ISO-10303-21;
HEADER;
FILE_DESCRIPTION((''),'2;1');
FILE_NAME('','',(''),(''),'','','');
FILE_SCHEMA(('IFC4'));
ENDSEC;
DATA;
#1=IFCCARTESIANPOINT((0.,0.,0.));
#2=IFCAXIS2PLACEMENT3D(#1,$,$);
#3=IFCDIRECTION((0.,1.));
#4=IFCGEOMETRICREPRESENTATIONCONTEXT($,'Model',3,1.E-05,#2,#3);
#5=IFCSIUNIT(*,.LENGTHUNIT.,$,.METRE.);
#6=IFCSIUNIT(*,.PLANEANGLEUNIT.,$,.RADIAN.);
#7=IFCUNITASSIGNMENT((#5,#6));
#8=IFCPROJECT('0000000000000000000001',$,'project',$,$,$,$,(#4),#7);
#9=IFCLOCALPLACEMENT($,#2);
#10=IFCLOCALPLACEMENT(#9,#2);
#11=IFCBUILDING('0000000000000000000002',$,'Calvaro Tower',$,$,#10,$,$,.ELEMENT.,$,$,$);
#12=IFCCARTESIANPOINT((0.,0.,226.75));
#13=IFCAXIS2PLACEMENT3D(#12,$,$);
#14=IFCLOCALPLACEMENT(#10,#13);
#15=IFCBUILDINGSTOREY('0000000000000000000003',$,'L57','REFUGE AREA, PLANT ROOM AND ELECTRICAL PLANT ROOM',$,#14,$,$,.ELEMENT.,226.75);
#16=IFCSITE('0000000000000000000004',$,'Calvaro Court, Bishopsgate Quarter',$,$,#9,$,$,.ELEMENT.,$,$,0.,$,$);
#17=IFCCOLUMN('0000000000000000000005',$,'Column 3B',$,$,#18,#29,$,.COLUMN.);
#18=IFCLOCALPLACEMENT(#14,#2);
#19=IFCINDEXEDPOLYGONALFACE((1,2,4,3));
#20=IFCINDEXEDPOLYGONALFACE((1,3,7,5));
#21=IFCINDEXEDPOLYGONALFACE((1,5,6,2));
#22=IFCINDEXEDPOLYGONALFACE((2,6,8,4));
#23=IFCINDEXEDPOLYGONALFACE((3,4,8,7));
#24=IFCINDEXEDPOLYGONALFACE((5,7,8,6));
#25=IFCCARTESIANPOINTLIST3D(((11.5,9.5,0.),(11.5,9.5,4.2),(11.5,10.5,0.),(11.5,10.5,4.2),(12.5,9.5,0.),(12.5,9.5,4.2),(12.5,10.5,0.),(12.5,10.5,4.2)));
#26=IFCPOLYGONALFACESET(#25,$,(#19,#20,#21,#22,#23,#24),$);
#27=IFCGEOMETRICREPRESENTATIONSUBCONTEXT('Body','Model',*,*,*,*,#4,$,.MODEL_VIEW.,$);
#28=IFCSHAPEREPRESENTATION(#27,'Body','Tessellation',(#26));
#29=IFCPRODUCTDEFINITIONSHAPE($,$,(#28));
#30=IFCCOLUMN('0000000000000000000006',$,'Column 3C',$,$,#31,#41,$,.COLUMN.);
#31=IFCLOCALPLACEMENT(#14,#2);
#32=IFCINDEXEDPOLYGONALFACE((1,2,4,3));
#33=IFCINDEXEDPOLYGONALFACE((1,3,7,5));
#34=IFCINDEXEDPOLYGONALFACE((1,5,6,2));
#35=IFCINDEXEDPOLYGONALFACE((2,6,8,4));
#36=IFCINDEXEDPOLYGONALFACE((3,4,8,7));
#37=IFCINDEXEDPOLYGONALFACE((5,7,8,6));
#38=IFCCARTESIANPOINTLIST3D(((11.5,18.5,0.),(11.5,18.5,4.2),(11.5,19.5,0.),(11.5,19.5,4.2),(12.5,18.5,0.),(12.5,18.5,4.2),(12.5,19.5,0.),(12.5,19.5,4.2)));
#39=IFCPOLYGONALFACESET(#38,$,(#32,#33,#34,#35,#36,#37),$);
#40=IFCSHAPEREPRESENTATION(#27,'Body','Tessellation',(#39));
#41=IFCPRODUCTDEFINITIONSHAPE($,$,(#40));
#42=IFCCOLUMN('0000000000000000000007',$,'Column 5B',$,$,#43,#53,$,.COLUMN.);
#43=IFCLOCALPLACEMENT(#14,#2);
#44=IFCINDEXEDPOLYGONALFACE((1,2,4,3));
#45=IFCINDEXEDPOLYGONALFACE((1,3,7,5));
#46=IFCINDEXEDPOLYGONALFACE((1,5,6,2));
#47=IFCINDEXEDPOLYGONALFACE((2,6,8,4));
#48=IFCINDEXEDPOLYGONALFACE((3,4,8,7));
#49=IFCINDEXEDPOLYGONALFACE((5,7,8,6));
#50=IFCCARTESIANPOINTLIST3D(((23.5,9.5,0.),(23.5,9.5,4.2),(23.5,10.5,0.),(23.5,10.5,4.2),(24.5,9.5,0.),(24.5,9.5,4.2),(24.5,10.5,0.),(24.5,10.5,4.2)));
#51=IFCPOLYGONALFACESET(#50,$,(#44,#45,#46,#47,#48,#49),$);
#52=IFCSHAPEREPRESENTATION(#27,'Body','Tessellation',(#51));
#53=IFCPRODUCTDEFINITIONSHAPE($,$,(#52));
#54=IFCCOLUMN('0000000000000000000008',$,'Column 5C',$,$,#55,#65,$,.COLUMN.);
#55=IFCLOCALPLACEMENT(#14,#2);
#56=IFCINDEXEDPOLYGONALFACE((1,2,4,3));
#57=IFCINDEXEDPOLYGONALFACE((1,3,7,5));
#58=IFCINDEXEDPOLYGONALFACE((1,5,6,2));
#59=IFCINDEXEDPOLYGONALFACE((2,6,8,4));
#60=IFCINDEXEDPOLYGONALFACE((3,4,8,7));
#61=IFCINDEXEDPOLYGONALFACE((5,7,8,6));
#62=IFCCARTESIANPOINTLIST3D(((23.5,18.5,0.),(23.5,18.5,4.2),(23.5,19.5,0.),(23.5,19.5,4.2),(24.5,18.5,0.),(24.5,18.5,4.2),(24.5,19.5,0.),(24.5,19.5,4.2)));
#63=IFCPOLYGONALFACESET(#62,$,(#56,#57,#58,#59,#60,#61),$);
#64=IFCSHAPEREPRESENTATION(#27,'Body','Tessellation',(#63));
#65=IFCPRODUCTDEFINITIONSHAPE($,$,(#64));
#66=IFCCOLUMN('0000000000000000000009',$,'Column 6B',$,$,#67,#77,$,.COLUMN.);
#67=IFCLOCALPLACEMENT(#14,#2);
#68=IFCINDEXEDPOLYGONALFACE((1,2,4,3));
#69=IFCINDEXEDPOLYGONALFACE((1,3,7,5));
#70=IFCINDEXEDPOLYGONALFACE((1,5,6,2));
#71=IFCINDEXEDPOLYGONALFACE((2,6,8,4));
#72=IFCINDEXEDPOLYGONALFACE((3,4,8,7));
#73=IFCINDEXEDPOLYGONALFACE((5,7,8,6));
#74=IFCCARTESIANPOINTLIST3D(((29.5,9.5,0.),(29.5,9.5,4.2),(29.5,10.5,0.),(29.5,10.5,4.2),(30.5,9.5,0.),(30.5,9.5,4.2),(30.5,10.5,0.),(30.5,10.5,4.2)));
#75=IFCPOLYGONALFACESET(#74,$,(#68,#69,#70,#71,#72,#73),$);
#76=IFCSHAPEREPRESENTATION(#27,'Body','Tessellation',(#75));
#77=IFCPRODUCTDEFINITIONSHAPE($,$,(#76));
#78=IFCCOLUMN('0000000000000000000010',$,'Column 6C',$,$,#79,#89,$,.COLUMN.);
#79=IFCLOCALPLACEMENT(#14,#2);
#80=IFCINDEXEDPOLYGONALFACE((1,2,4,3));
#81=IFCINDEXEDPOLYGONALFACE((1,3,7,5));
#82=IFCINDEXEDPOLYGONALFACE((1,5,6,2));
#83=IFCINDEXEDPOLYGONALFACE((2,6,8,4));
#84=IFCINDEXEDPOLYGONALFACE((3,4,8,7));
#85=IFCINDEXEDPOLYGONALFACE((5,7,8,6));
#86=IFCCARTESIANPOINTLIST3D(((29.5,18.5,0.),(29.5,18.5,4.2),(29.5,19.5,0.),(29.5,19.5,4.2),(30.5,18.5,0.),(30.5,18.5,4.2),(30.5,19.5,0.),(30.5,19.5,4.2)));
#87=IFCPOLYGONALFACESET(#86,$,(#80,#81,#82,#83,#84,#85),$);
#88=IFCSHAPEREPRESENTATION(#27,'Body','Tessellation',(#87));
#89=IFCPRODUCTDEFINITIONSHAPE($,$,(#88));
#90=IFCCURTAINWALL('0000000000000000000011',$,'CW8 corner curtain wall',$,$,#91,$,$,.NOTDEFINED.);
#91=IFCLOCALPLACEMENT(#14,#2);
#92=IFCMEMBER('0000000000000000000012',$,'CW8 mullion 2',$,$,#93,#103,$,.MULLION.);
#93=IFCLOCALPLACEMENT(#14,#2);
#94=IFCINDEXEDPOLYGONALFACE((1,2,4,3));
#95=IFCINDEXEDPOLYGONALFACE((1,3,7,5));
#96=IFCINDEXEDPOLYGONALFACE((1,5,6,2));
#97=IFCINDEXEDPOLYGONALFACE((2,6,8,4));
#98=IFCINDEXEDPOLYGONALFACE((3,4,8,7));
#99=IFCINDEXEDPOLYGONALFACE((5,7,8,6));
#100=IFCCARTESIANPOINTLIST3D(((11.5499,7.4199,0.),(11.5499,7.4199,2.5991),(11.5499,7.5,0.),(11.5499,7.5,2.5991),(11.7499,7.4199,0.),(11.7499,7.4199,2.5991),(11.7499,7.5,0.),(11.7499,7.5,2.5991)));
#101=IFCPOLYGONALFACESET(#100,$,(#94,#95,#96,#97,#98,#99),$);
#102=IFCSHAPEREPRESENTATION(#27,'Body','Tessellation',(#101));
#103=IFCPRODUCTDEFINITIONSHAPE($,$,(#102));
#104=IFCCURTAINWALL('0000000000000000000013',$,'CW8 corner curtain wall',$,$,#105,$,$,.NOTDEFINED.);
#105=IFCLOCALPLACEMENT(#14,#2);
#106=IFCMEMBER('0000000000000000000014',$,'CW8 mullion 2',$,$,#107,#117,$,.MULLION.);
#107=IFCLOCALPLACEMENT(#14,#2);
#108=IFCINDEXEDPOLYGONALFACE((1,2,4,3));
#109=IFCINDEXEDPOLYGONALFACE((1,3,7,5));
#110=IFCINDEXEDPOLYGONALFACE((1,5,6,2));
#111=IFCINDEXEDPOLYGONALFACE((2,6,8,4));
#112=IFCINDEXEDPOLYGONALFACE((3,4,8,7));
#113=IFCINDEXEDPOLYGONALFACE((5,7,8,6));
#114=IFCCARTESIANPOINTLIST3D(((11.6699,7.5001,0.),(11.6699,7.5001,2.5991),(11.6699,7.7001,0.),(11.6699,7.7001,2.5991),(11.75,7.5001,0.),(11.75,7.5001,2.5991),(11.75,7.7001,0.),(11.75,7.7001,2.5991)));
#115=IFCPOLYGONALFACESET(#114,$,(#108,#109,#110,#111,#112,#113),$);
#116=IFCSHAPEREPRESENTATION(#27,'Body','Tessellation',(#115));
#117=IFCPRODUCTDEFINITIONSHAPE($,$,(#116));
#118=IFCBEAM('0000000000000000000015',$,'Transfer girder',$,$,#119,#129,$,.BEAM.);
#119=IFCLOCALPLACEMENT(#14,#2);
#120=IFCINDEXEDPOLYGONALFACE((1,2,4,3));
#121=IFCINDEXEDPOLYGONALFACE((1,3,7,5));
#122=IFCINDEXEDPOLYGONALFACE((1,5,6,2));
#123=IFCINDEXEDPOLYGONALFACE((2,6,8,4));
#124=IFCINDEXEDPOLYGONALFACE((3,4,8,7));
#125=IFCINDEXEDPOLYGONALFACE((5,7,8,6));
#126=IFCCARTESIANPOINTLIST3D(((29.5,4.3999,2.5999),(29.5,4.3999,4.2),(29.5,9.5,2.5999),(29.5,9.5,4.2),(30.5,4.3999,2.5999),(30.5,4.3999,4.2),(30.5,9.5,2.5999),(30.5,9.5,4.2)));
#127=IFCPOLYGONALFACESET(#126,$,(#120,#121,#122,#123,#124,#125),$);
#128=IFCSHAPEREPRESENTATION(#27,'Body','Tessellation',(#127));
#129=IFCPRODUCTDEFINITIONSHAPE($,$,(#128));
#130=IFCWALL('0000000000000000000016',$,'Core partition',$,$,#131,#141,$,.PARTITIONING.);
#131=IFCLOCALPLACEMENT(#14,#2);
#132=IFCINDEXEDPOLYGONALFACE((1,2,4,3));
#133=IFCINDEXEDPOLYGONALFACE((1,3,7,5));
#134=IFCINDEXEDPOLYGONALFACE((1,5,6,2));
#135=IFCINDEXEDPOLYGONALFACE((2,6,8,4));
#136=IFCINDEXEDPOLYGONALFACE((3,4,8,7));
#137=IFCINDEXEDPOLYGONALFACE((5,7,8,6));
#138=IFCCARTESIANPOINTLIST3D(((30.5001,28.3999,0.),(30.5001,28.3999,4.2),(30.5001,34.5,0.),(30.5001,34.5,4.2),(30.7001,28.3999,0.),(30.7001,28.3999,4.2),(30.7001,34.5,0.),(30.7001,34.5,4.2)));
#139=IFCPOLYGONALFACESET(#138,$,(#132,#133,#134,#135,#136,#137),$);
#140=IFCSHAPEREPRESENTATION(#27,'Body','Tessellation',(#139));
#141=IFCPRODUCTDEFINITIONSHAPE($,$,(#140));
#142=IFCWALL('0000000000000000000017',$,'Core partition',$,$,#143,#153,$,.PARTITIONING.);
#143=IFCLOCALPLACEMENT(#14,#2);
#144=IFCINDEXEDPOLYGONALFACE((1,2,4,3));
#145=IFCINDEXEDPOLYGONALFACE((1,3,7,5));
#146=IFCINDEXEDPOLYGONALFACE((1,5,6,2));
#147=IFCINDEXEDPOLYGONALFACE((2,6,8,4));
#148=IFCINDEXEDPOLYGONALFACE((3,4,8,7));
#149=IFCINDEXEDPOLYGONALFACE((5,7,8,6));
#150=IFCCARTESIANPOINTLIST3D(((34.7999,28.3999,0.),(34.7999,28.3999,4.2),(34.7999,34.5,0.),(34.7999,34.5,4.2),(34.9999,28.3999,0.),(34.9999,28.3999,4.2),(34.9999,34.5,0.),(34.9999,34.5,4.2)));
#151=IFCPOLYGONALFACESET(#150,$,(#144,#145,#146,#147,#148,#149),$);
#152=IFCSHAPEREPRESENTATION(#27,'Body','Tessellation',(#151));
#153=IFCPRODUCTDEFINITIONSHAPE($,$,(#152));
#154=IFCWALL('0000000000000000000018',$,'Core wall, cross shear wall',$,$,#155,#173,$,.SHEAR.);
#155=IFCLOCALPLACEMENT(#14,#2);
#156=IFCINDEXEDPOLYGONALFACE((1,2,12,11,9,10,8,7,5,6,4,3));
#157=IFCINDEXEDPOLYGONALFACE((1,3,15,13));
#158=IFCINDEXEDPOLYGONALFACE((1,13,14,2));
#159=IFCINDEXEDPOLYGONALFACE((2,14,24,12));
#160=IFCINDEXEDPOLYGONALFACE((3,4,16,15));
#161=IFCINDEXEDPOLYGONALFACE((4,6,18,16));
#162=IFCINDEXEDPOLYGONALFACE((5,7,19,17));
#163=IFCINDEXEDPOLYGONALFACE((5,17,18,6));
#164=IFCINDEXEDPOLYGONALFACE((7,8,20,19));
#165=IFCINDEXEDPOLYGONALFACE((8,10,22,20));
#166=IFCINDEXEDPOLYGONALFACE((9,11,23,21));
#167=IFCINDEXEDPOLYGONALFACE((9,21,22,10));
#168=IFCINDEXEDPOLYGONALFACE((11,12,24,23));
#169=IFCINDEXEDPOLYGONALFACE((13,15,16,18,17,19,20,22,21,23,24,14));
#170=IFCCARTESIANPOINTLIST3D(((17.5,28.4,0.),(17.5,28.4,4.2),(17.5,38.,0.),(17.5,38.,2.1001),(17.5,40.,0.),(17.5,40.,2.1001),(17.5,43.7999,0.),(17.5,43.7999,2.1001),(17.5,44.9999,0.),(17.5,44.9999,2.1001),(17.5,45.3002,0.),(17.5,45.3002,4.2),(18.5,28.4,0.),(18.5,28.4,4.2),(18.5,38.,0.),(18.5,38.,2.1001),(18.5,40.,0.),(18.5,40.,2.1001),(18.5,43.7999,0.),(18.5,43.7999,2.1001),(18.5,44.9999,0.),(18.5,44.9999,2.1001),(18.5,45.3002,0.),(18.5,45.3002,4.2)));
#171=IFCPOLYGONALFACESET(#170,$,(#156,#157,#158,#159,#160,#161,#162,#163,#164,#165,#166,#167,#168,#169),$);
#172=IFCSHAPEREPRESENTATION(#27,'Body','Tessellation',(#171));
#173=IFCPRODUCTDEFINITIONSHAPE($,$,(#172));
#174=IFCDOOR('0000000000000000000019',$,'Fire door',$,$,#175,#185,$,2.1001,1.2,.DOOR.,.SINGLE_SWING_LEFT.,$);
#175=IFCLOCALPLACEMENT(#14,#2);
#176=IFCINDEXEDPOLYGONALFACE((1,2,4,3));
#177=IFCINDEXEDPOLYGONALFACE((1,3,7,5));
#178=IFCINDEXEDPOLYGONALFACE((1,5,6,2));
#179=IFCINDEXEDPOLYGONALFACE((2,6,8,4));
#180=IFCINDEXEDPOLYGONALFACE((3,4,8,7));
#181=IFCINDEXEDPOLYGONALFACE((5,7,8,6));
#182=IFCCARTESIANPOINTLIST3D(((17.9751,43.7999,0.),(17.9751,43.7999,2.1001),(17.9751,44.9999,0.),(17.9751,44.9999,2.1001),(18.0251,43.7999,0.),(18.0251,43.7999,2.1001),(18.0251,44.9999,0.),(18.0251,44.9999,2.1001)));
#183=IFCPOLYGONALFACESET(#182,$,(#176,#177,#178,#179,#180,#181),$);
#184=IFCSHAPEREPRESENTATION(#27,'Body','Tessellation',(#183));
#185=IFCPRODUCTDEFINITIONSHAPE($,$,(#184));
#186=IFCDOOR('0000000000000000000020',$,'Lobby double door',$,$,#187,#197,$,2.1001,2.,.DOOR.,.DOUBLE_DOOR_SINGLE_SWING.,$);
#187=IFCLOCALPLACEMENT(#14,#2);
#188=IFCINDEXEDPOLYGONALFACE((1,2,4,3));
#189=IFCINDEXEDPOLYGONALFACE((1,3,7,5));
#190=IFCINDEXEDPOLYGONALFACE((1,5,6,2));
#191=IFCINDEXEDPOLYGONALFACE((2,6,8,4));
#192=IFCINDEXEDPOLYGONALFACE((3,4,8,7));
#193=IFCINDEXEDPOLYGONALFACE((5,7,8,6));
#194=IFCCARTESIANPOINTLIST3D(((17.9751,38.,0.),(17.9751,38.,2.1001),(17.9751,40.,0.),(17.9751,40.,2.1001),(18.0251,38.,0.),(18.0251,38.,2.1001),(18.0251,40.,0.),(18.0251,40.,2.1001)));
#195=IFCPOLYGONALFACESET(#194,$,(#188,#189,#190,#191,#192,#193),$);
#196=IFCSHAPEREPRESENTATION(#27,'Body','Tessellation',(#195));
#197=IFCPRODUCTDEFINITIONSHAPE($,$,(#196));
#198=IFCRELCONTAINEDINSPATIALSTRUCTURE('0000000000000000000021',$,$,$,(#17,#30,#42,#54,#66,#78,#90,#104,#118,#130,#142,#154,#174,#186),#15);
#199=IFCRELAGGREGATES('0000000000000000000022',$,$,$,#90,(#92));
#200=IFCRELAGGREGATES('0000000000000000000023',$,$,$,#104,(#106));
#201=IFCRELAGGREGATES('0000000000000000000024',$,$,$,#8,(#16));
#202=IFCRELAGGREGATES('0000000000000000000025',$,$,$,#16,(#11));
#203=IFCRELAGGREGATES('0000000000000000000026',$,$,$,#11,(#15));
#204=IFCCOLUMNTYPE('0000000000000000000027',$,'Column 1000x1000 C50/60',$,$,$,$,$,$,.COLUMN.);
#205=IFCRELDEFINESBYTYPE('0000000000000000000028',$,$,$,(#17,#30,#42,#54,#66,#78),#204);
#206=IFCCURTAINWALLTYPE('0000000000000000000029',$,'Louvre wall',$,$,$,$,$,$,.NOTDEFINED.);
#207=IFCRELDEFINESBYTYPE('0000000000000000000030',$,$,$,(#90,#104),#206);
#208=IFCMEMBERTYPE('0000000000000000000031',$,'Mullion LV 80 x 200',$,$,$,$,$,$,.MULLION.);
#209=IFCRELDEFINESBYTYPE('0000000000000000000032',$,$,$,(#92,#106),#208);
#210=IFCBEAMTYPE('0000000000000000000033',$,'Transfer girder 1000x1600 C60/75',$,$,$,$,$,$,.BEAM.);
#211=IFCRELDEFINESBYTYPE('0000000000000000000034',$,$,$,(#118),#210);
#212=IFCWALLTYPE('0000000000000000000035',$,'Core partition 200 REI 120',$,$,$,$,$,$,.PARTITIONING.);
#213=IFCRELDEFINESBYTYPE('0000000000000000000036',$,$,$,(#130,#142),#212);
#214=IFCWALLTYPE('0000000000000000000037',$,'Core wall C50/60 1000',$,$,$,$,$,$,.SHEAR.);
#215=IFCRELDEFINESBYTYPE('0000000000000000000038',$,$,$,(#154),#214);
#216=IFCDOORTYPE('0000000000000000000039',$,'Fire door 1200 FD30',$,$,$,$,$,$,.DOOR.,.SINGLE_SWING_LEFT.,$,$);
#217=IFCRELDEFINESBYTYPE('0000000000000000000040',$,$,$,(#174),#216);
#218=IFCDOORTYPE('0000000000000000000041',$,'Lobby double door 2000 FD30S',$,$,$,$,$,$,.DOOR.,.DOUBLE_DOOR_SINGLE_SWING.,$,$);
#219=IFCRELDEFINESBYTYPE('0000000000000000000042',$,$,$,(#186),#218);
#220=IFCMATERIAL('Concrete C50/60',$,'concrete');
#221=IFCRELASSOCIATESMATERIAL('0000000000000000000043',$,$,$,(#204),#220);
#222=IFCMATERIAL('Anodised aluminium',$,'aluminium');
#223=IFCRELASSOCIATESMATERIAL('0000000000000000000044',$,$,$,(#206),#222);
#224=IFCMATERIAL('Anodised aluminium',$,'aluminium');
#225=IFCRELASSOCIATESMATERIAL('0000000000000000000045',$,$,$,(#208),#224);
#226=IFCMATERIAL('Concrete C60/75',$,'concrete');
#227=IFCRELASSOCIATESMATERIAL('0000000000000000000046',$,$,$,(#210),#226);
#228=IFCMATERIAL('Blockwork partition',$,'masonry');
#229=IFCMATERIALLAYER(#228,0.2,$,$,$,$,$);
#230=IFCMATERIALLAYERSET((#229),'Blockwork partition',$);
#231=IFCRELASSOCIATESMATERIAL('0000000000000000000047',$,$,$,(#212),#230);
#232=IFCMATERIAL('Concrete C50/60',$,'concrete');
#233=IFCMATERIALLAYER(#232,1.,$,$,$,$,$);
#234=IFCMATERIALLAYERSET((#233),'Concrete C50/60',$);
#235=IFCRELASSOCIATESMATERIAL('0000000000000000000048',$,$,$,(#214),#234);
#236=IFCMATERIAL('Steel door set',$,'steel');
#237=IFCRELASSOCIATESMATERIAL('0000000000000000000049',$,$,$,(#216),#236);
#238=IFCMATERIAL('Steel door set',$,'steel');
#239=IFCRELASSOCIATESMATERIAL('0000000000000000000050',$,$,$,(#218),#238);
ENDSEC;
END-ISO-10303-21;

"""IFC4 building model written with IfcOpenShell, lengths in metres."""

from ifc_helpers import new_model, si_unit, direction, frame, frame_2d, origin, origin_2d, place, context, subcontext, project, spatial, rectangle, extrude, material, layer, layer_set, material_profile, profile_set, type_object, element, fill, aggregate, save


model = new_model("IFC4")

# Units and contexts
model_context = context("Model", 3, precision=1e-05, world=origin(), true_north=direction((0.0, 1.0)))
body_context = subcontext(model_context, "Body", "Model", "MODEL_VIEW")
ifc_project = project(units=[si_unit("LENGTHUNIT", "METRE"), si_unit("PLANEANGLEUNIT", "RADIAN")], contexts=[model_context])

# Site, building, storey
site_placement = place(None, origin())
site = spatial("IfcSite", under=ifc_project, at=site_placement, Name="Calvaro Court, Bishopsgate Quarter", CompositionType="ELEMENT", RefElevation=0.0)
building_placement = place(site_placement, origin())
building = spatial("IfcBuilding", under=site, at=building_placement, Name="Calvaro Tower", CompositionType="ELEMENT")
storey_placement = place(building_placement, frame((0.0, 0.0, 226.75)))
storey = spatial("IfcBuildingStorey", under=building, at=storey_placement, Name="L57", Description="REFUGE AREA, PLANT ROOM AND ELECTRICAL PLANT ROOM", CompositionType="ELEMENT", Elevation=226.75)

# Columns
ifc_material_1 = material(Name="Concrete C50/60", Category="concrete")
ifc_material_profile_1 = material_profile(ifc_material_1, rectangle(XDim=1.0, YDim=1.0, at=origin_2d()), Name="RC 1000x1000")
ifc_profile_set_1 = profile_set([ifc_material_profile_1], Name="Concrete C50/60")
column_type = type_object("IfcColumnType", Name="Column 1000x1000 C50/60", PredefinedType="COLUMN", material=ifc_profile_set_1)
for number, where, z_axis, x_axis, name in (
    (1, (12.0, 10.0, 0.0), (0.0, 0.0, 1.0), (1.0, 0.0, 0.0), "Column 3B"),
    (2, (12.0, 19.0, 0.0), (0.0, 0.0, 1.0), (1.0, 0.0, 0.0), "Column 3C"),
    (3, (24.0, 10.0, 0.0), (0.0, 0.0, 1.0), (1.0, 0.0, 0.0), "Column 5B"),
    (4, (24.0, 19.0, 0.0), (0.0, 0.0, 1.0), (1.0, 0.0, 0.0), "Column 5C"),
    (5, (30.0, 10.0, 0.0), (0.0, 0.0, 1.0), (1.0, 0.0, 0.0), "Column 6B"),
    (6, (30.0, 19.0, 0.0), (0.0, 0.0, 1.0), (1.0, 0.0, 0.0), "Column 6C"),
):
    element("IfcColumn", number, at=place(storey_placement, frame(where, z_axis=z_axis, x_axis=x_axis)), inside=storey, type_object=column_type, Name=name, PredefinedType="COLUMN", context=body_context, shape_type="SweptSolid", body=[
        extrude(rectangle(XDim=1.0, YDim=1.0, at=origin_2d()), origin(), (0.0, 0.0, 1.0), 4.2),
    ])

# Curtain walls, members
ifc_material_2 = material(Name="Anodised aluminium", Category="aluminium")
curtain_wall_type = type_object("IfcCurtainWallType", Name="Louvre wall", PredefinedType="NOTDEFINED", material=ifc_material_2)
curtain_wall_1_placement = place(storey_placement, origin())
curtain_wall_1 = element("IfcCurtainWall", 7, at=curtain_wall_1_placement, inside=storey, type_object=curtain_wall_type, Name="CW8 corner curtain wall", PredefinedType="NOTDEFINED")
ifc_material_3 = material(Name="Anodised aluminium", Category="aluminium")
ifc_material_profile_2 = material_profile(ifc_material_3, rectangle(XDim=0.2, YDim=0.0801, at=origin_2d()), Name="Mullion LV 80 x 200")
ifc_profile_set_2 = profile_set([ifc_material_profile_2], Name="Anodised aluminium")
member_type = type_object("IfcMemberType", Name="Mullion LV 80 x 200", PredefinedType="MULLION", material=ifc_profile_set_2)
member_1_placement = place(storey_placement, frame((11.6499, 7.46, 0.0), z_axis=(0.0, 0.0, 1.0), x_axis=(-1.0, 0.0, 0.0)))
member_1 = element("IfcMember", 8, at=member_1_placement, type_object=member_type, Name="CW8 mullion 2", PredefinedType="MULLION", context=body_context, shape_type="SweptSolid", body=[
    extrude(rectangle(XDim=0.2, YDim=0.0801, at=origin_2d()), origin(), (0.0, 0.0, 1.0), 2.5991),
])
aggregate(curtain_wall_1, [member_1])
curtain_wall_2_placement = place(storey_placement, origin())
curtain_wall_2 = element("IfcCurtainWall", 9, at=curtain_wall_2_placement, inside=storey, type_object=curtain_wall_type, Name="CW8 corner curtain wall", PredefinedType="NOTDEFINED")
member_2_placement = place(storey_placement, frame((11.71, 7.6001, 0.0), z_axis=(0.0, 0.0, 1.0), x_axis=(0.0, 1.0, 0.0)))
member_2 = element("IfcMember", 10, at=member_2_placement, type_object=member_type, Name="CW8 mullion 2", PredefinedType="MULLION", context=body_context, shape_type="SweptSolid", body=[
    extrude(rectangle(XDim=0.2, YDim=0.0801, at=origin_2d()), origin(), (0.0, 0.0, 1.0), 2.5991),
])
aggregate(curtain_wall_2, [member_2])

# Beam
ifc_material_4 = material(Name="Concrete C60/75", Category="concrete")
ifc_material_profile_3 = material_profile(ifc_material_4, rectangle(XDim=1.0, YDim=1.6001, at=origin_2d()), Name="RC 1000x1600")
ifc_profile_set_3 = profile_set([ifc_material_profile_3], Name="Concrete C60/75")
beam_type = type_object("IfcBeamType", Name="Transfer girder 1000x1600 C60/75", PredefinedType="BEAM", material=ifc_profile_set_3)
beam_placement = place(storey_placement, frame((30.0, 4.3999, 3.3999), z_axis=(0.0, 1.0, 0.0), x_axis=(-1.0, 0.0, 0.0)))
element("IfcBeam", 11, at=beam_placement, inside=storey, type_object=beam_type, Name="Transfer girder", PredefinedType="BEAM", context=body_context, shape_type="SweptSolid", body=[
    extrude(rectangle(XDim=1.0, YDim=1.6001, at=origin_2d()), origin(), (0.0, 0.0, 1.0), 5.1001),
])

# Walls
ifc_material_5 = material(Name="Blockwork partition", Category="masonry")
ifc_layer_1 = layer(ifc_material_5, 0.2)
ifc_layer_set_1 = layer_set([ifc_layer_1], Name="Blockwork partition")
wall_type_1 = type_object("IfcWallType", Name="Core partition 200 REI 120", PredefinedType="PARTITIONING", material=ifc_layer_set_1)
for number, where, z_axis, x_axis, name in (
    (12, (30.6001, 28.3999, 0.0), (0.0, 0.0, 1.0), (0.0, 1.0, 0.0), "Core partition"),
    (13, (34.8999, 28.3999, 0.0), (0.0, 0.0, 1.0), (0.0, 1.0, 0.0), "Core partition"),
):
    element("IfcWall", number, at=place(storey_placement, frame(where, z_axis=z_axis, x_axis=x_axis)), inside=storey, type_object=wall_type_1, Name=name, PredefinedType="PARTITIONING", context=body_context, shape_type="SweptSolid", body=[
        extrude(rectangle(XDim=6.1001, YDim=0.2, at=frame_2d((3.05, 0.0))), origin(), (0.0, 0.0, 1.0), 4.2),
    ])

# Wall, openings, doors
ifc_material_6 = material(Name="Concrete C50/60", Category="concrete")
ifc_layer_2 = layer(ifc_material_6, 1.0)
ifc_layer_set_2 = layer_set([ifc_layer_2], Name="Concrete C50/60")
wall_type_2 = type_object("IfcWallType", Name="Core wall C50/60 1000", PredefinedType="SHEAR", material=ifc_layer_set_2)
wall_1_placement = place(storey_placement, frame((18.0, 28.3999, 0.0), z_axis=(0.0, 0.0, 1.0), x_axis=(0.0, 1.0, 0.0)))
wall_1 = element("IfcWall", 14, at=wall_1_placement, inside=storey, type_object=wall_type_2, Name="Core wall, cross shear wall", PredefinedType="SHEAR", context=body_context, shape_type="SweptSolid", body=[
    extrude(rectangle(XDim=16.9001, YDim=1.0, at=frame_2d((8.4502, 0.0))), origin(), (0.0, 0.0, 1.0), 4.2),
])
opening_1_placement = place(wall_1_placement, frame((9.6001, 0.0, 0.0)))
opening_1 = element("IfcOpeningElement", 15, at=opening_1_placement, cuts=wall_1, PredefinedType="OPENING", context=body_context, shape_type="SweptSolid", body=[
    extrude(rectangle(XDim=2.0, YDim=2.1001, at=frame_2d((1.0, 1.05))), frame((0.0, 0.51, 0.0), z_axis=(0.0, -1.0, 0.0), x_axis=(1.0, 0.0, 0.0)), (0.0, 0.0, 1.0), 1.02),
])
opening_2_placement = place(wall_1_placement, frame((15.3999, 0.0, 0.0)))
opening_2 = element("IfcOpeningElement", 16, at=opening_2_placement, cuts=wall_1, PredefinedType="OPENING", context=body_context, shape_type="SweptSolid", body=[
    extrude(rectangle(XDim=1.2, YDim=2.1001, at=frame_2d((0.6001, 1.05))), frame((0.0, 0.51, 0.0), z_axis=(0.0, -1.0, 0.0), x_axis=(1.0, 0.0, 0.0)), (0.0, 0.0, 1.0), 1.02),
])
ifc_material_7 = material(Name="Steel door set", Category="steel")
door_type_1 = type_object("IfcDoorType", Name="Fire door 1200 FD30", OperationType="SINGLE_SWING_LEFT", PredefinedType="DOOR", material=ifc_material_7)
door_1_placement = place(opening_2_placement, origin())
door_1 = element("IfcDoor", 17, at=door_1_placement, inside=storey, type_object=door_type_1, Name="Fire door", OperationType="SINGLE_SWING_LEFT", OverallHeight=2.1001, OverallWidth=1.2, PredefinedType="DOOR", context=body_context, shape_type="SweptSolid", body=[
    extrude(rectangle(XDim=1.2, YDim=2.1001, at=frame_2d((0.6001, 1.05))), frame((0.0, 0.0249, 0.0), z_axis=(0.0, -1.0, 0.0), x_axis=(1.0, 0.0, 0.0)), (0.0, 0.0, 1.0), 0.05),
])
fill(opening_2, door_1)
ifc_material_8 = material(Name="Steel door set", Category="steel")
door_type_2 = type_object("IfcDoorType", Name="Lobby double door 2000 FD30S", OperationType="DOUBLE_DOOR_SINGLE_SWING", PredefinedType="DOOR", material=ifc_material_8)
door_2_placement = place(opening_1_placement, origin())
door_2 = element("IfcDoor", 18, at=door_2_placement, inside=storey, type_object=door_type_2, Name="Lobby double door", OperationType="DOUBLE_DOOR_SINGLE_SWING", OverallHeight=2.1001, OverallWidth=2.0, PredefinedType="DOOR", context=body_context, shape_type="SweptSolid", body=[
    extrude(rectangle(XDim=2.0, YDim=2.1001, at=frame_2d((1.0, 1.05))), frame((0.0, 0.0249, 0.0), z_axis=(0.0, -1.0, 0.0), x_axis=(1.0, 0.0, 0.0)), (0.0, 0.0, 1.0), 0.05),
])
fill(opening_1, door_2)

save(model, "model.ifc")
